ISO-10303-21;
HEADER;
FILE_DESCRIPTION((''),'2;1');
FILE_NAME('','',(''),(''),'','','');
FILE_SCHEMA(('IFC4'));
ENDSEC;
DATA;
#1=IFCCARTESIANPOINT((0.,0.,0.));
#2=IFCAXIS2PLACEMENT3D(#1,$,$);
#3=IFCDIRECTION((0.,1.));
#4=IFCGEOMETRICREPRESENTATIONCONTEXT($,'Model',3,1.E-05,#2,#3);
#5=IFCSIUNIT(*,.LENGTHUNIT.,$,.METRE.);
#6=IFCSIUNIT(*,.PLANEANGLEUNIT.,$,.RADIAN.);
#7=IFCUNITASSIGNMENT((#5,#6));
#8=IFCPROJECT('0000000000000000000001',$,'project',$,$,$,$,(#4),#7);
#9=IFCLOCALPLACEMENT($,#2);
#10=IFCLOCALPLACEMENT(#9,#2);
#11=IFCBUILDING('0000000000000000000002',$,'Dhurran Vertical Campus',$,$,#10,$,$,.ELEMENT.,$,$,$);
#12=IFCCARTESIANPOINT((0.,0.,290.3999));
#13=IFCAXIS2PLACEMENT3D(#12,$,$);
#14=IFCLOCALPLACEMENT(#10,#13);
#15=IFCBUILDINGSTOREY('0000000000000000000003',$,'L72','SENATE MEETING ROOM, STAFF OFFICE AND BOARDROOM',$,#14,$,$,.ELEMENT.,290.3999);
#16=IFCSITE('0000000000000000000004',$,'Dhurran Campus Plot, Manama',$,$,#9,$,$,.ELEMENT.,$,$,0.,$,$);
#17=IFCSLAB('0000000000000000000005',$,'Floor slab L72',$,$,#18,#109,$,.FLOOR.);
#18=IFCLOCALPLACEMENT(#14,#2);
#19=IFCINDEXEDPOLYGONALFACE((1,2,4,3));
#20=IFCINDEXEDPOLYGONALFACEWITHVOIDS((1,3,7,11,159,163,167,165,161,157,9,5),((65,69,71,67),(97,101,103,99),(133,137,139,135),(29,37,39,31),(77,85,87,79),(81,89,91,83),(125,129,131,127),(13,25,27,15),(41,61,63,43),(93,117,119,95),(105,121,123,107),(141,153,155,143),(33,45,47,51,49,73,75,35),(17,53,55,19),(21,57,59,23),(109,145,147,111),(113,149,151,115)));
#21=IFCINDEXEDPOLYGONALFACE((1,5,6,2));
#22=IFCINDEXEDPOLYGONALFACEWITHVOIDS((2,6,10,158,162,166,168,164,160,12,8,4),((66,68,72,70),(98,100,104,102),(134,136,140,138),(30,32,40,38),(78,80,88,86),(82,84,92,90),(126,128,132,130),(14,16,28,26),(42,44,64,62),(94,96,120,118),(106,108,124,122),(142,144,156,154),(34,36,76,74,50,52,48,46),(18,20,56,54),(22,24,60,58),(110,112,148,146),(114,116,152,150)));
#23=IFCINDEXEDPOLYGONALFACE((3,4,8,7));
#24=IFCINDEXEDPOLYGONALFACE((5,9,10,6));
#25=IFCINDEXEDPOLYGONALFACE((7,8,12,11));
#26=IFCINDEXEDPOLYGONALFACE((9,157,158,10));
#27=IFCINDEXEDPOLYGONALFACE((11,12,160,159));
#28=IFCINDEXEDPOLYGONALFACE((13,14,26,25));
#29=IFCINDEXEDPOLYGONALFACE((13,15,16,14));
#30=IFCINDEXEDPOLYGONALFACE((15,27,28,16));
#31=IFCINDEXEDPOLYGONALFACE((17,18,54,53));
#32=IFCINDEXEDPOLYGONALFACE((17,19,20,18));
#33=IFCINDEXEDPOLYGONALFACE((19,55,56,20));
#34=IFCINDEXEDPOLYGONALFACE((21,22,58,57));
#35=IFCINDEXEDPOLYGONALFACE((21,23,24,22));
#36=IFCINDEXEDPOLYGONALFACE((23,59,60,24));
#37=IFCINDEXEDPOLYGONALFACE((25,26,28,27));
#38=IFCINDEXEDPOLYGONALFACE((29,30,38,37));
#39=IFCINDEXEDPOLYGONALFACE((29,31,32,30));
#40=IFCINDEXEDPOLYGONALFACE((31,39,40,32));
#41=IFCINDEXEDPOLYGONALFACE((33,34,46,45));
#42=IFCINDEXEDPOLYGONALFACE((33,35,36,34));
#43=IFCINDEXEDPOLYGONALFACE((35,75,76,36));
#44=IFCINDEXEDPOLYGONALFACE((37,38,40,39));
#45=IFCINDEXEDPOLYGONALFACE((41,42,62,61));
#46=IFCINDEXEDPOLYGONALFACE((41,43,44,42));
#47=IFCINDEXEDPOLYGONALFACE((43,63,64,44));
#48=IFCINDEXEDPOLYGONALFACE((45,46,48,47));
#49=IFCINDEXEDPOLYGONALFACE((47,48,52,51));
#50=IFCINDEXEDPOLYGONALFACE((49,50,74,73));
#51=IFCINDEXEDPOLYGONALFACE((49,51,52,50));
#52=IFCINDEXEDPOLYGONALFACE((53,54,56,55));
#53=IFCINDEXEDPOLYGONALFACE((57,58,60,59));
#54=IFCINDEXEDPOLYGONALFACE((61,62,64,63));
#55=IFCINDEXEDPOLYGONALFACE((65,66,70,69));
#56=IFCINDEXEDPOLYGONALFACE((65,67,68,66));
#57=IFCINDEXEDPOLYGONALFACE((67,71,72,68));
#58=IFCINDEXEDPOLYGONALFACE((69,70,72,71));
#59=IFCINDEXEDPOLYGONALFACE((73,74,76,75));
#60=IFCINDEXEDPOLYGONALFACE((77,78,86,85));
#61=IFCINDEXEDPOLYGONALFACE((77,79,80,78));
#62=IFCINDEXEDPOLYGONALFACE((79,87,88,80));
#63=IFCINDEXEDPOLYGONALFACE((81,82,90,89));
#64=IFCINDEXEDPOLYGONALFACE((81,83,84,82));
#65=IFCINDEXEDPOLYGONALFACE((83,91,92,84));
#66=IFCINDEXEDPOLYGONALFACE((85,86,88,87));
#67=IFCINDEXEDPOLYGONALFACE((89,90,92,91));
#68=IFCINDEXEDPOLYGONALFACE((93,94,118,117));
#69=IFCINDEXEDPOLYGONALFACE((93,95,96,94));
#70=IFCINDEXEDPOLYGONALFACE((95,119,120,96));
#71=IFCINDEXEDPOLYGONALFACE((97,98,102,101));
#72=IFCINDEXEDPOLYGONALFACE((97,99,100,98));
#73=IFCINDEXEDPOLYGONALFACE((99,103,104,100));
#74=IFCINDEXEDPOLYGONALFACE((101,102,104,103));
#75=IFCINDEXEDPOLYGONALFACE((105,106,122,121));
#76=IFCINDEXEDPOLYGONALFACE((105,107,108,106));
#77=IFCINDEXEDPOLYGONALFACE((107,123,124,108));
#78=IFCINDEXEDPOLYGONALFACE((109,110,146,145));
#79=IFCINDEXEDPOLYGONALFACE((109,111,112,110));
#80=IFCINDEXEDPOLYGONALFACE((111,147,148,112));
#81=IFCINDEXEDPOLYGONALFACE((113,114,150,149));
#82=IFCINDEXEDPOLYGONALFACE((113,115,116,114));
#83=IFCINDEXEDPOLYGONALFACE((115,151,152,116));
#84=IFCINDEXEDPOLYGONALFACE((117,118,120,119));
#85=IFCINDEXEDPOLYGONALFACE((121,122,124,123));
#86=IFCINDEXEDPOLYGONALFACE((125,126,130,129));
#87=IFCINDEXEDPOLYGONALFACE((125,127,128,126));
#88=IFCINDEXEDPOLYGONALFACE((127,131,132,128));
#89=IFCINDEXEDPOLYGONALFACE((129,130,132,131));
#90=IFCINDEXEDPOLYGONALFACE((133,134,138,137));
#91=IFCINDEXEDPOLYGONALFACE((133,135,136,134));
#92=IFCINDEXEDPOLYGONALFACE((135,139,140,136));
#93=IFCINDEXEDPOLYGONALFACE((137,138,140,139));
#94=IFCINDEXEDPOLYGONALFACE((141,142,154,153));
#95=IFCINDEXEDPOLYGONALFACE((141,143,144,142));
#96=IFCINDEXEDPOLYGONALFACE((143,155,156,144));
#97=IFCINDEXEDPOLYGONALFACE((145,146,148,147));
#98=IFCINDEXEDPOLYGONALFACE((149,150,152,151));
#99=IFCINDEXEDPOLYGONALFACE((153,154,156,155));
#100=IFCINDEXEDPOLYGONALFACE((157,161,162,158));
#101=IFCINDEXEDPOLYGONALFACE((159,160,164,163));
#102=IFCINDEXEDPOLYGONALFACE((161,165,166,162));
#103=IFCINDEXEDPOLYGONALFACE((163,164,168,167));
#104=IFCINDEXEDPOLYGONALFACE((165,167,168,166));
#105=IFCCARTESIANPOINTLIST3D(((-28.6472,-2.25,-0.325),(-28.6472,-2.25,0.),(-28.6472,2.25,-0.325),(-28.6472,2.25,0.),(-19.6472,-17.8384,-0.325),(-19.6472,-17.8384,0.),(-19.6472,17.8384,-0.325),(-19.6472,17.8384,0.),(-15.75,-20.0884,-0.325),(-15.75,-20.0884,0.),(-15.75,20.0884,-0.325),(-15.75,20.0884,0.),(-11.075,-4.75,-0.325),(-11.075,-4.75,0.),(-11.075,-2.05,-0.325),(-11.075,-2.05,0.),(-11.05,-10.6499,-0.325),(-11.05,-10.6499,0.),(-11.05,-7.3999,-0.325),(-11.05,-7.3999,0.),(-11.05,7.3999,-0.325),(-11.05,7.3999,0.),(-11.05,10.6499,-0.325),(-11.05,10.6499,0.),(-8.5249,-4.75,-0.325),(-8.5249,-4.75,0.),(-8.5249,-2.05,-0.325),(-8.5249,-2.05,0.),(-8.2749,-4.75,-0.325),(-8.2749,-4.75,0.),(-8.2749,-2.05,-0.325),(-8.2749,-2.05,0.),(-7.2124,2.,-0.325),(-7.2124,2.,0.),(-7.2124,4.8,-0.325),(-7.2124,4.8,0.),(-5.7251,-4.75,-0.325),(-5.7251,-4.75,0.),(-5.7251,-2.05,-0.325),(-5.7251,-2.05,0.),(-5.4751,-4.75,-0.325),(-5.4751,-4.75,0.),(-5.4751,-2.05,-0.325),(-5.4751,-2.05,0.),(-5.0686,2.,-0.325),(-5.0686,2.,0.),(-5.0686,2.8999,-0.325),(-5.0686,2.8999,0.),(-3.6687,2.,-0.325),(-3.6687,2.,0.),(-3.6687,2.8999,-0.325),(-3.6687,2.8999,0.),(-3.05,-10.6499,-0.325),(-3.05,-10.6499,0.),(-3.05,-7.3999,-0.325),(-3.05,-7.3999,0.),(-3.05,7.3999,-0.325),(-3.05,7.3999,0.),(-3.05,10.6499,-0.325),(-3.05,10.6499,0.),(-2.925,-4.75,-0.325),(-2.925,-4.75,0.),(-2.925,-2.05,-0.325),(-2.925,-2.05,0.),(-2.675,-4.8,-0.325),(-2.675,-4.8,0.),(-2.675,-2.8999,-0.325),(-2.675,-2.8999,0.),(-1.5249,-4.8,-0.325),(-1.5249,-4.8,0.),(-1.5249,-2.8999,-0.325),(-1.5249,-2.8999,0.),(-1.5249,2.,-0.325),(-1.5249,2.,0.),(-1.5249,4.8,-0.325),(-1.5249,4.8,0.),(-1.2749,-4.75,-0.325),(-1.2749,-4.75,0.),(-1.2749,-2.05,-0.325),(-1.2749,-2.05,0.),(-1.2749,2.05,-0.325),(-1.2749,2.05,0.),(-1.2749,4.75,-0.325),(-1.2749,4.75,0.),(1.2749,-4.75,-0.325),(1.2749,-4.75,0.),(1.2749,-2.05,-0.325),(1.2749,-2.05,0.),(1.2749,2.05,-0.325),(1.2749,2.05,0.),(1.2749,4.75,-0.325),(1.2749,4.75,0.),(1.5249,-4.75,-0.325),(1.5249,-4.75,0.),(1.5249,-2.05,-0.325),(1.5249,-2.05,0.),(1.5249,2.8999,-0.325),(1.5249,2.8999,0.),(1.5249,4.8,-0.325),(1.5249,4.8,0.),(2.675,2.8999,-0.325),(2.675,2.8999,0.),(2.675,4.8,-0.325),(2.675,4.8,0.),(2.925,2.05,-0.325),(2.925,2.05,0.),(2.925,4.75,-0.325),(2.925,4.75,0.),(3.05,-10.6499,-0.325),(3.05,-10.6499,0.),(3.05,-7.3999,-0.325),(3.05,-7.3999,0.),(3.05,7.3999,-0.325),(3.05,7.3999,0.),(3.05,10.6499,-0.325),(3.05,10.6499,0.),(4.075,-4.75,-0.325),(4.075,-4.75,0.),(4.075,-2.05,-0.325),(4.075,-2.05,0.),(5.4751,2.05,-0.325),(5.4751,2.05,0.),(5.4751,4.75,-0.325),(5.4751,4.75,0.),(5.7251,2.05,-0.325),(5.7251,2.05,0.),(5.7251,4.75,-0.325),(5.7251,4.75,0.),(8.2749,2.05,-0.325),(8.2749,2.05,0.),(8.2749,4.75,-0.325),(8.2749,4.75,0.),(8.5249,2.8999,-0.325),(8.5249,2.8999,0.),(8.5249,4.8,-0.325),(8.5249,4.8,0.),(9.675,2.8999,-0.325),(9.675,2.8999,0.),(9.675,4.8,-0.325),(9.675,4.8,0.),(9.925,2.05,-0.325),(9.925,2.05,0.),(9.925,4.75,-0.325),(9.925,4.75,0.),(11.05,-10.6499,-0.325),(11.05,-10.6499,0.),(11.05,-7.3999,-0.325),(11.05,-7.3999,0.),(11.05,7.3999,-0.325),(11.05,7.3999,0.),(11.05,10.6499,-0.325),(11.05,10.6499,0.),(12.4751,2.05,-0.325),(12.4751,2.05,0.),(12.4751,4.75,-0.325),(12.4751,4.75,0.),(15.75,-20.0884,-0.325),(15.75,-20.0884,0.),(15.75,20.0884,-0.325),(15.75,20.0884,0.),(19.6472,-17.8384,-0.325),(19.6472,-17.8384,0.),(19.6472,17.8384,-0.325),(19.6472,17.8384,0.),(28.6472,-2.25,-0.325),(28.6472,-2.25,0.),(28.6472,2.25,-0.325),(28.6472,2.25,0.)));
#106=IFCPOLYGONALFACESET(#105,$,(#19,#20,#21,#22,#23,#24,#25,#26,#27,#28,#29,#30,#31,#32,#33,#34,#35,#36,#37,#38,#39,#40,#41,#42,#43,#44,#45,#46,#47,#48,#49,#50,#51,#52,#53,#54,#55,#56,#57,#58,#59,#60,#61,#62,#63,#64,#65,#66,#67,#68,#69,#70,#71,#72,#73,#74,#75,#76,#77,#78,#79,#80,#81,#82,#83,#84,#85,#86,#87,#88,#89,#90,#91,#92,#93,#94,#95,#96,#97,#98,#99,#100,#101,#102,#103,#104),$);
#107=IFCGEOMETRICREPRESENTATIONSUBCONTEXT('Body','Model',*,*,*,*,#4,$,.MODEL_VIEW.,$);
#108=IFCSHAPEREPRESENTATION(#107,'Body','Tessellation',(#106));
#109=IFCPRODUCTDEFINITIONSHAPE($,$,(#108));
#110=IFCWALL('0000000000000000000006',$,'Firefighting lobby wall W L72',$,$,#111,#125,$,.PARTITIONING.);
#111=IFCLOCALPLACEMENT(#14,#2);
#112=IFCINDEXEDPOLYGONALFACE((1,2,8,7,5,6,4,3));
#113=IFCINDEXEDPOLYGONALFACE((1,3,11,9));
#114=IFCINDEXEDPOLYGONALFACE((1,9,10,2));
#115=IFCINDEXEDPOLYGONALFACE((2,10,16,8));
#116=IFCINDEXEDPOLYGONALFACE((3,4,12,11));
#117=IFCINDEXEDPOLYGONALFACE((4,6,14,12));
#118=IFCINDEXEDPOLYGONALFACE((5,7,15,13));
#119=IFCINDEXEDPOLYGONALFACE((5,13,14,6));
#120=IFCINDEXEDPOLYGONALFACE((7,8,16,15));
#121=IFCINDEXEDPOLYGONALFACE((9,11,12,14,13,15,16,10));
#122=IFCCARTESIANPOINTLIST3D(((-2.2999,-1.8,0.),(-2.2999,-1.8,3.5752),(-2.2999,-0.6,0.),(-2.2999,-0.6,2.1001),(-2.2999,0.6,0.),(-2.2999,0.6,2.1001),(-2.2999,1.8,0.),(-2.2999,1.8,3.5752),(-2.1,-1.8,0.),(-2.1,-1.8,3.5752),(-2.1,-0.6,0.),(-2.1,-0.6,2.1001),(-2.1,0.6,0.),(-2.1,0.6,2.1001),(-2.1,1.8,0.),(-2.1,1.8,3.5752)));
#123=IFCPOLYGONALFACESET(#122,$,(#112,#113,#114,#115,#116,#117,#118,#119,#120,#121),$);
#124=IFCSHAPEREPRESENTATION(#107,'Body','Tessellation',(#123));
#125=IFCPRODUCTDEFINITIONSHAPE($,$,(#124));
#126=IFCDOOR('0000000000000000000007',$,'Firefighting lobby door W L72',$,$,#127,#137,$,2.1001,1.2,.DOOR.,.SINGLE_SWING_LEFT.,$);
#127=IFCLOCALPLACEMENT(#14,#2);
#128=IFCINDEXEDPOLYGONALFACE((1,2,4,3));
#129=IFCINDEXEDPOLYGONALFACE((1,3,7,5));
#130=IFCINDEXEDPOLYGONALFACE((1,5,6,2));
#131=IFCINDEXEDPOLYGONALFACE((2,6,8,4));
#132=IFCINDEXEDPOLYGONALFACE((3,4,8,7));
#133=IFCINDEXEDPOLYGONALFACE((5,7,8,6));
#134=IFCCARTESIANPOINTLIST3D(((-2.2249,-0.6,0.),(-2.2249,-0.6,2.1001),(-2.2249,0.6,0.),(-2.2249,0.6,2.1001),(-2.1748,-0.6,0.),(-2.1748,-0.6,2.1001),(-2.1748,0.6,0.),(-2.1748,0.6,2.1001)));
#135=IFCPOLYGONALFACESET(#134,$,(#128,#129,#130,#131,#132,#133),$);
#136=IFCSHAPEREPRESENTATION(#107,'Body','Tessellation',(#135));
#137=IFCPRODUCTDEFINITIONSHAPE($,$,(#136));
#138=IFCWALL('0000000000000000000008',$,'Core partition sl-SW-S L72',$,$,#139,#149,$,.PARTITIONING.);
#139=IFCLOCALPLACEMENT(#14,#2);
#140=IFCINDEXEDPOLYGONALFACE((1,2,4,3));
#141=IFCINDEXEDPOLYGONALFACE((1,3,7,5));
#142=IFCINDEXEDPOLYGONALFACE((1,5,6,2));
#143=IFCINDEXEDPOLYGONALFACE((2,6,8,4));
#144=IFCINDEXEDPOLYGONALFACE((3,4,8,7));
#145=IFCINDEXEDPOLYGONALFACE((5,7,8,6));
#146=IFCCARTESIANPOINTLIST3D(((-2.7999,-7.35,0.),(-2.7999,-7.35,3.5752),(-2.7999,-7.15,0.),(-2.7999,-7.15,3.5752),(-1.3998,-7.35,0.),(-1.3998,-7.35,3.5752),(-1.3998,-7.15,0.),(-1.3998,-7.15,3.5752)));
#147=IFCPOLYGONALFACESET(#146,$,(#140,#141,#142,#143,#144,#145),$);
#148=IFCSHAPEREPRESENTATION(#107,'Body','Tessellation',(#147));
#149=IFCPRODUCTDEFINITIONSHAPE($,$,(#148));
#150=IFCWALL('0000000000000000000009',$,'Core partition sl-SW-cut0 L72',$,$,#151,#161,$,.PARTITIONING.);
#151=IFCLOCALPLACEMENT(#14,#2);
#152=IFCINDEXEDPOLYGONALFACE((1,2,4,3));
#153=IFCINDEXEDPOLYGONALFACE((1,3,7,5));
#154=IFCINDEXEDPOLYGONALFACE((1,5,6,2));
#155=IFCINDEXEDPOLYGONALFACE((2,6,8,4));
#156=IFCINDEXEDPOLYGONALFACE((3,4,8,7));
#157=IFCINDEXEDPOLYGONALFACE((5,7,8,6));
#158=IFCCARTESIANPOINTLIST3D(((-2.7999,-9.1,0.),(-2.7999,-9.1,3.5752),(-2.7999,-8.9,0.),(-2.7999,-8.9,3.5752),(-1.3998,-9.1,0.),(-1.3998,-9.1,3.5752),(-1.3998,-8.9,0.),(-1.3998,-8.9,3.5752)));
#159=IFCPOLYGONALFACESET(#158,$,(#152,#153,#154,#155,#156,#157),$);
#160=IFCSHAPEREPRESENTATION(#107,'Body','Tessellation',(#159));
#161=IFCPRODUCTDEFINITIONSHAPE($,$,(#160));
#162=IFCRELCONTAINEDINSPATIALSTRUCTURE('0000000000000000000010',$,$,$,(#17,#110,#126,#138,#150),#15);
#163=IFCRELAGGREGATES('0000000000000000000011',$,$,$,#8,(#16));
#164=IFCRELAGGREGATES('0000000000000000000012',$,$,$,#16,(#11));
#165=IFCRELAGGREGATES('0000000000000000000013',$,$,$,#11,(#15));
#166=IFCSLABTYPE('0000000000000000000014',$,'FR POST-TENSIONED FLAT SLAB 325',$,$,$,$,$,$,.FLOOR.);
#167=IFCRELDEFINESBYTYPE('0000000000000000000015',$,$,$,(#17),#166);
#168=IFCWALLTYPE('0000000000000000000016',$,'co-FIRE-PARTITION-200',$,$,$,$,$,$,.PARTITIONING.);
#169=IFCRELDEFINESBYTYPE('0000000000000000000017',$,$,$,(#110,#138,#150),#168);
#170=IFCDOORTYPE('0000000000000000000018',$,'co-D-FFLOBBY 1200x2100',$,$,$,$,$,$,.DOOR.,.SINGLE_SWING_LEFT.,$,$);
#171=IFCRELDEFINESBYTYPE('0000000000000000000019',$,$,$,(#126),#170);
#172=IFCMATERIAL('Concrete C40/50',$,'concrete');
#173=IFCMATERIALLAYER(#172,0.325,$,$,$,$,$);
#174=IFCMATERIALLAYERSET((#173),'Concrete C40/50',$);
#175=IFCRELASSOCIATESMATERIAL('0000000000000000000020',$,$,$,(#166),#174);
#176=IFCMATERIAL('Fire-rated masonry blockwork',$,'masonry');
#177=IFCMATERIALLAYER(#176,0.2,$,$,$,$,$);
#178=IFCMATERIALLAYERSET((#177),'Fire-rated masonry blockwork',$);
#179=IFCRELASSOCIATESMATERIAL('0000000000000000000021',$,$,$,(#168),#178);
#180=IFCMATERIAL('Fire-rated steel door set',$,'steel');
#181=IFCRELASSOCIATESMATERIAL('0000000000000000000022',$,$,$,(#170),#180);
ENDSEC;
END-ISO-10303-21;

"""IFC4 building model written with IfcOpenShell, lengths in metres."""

from ifc_helpers import new_model, si_unit, direction, frame, frame_2d, origin, place, context, subcontext, project, spatial, polyline, rectangle, outline, extrude, material, layer, layer_set, type_object, element, fill, save


model = new_model("IFC4")

# Units and contexts
model_context = context("Model", 3, precision=1e-05, world=origin(), true_north=direction((0.0, 1.0)))
body_context = subcontext(model_context, "Body", "Model", "MODEL_VIEW")
ifc_project = project(units=[si_unit("LENGTHUNIT", "METRE"), si_unit("PLANEANGLEUNIT", "RADIAN")], contexts=[model_context])

# Site, building, storey
site_placement = place(None, origin())
site = spatial("IfcSite", under=ifc_project, at=site_placement, Name="Dhurran Campus Plot, Manama", CompositionType="ELEMENT", RefElevation=0.0)
building_placement = place(site_placement, origin())
building = spatial("IfcBuilding", under=site, at=building_placement, Name="Dhurran Vertical Campus", CompositionType="ELEMENT")
storey_placement = place(building_placement, frame((0.0, 0.0, 290.3999)))
storey = spatial("IfcBuildingStorey", under=building, at=storey_placement, Name="L72", Description="SENATE MEETING ROOM, STAFF OFFICE AND BOARDROOM", CompositionType="ELEMENT", Elevation=290.3999)

# Slab
ifc_material_1 = material(Name="Concrete C40/50", Category="concrete")
ifc_layer_1 = layer(ifc_material_1, 0.325)
ifc_layer_set_1 = layer_set([ifc_layer_1], Name="Concrete C40/50")
slab_type = type_object("IfcSlabType", Name="FR POST-TENSIONED FLAT SLAB 325", PredefinedType="FLOOR", material=ifc_layer_set_1)
slab_placement = place(storey_placement, frame((0.0, 0.0, -0.325)))
element("IfcSlab", 1, at=slab_placement, inside=storey, type_object=slab_type, Name="Floor slab L72", PredefinedType="FLOOR", context=body_context, shape_type="SweptSolid", body=[
    extrude(outline(polyline([(-15.75, -20.0884), (15.75, -20.0884), (19.6472, -17.8384), (28.6472, -2.25), (28.6472, 2.25), (19.6472, 17.8384), (15.75, 20.0884), (-15.75, 20.0884), (-19.6472, 17.8384), (-28.6472, 2.25), (-28.6472, -2.25), (-19.6472, -17.8384), (-15.75, -20.0884)]), holes=[polyline([(-1.2749, 2.05), (1.2749, 2.05), (1.2749, 4.75), (-1.2749, 4.75), (-1.2749, 2.05)]), polyline([(9.925, 2.05), (12.4751, 2.05), (12.4751, 4.75), (9.925, 4.75), (9.925, 2.05)]), polyline([(-1.2749, -4.75), (1.2749, -4.75), (1.2749, -2.05), (-1.2749, -2.05), (-1.2749, -4.75)]), polyline([(1.5249, -4.75), (4.075, -4.75), (4.075, -2.05), (1.5249, -2.05), (1.5249, -4.75)]), polyline([(2.925, 2.05), (5.4751, 2.05), (5.4751, 4.75), (2.925, 4.75), (2.925, 2.05)]), polyline([(5.7251, 2.05), (8.2749, 2.05), (8.2749, 4.75), (5.7251, 4.75), (5.7251, 2.05)]), polyline([(-11.075, -4.75), (-8.5249, -4.75), (-8.5249, -2.05), (-11.075, -2.05), (-11.075, -4.75)]), polyline([(-8.2749, -4.75), (-5.7251, -4.75), (-5.7251, -2.05), (-8.2749, -2.05), (-8.2749, -4.75)]), polyline([(-5.4751, -4.75), (-2.925, -4.75), (-2.925, -2.05), (-5.4751, -2.05), (-5.4751, -4.75)]), polyline([(-11.05, 7.3999), (-3.05, 7.3999), (-3.05, 10.6499), (-11.05, 10.6499), (-11.05, 7.3999)]), polyline([(3.05, 7.3999), (11.05, 7.3999), (11.05, 10.6499), (3.05, 10.6499), (3.05, 7.3999)]), polyline([(-11.05, -10.6499), (-3.05, -10.6499), (-3.05, -7.3999), (-11.05, -7.3999), (-11.05, -10.6499)]), polyline([(3.05, -10.6499), (11.05, -10.6499), (11.05, -7.3999), (3.05, -7.3999), (3.05, -10.6499)]), polyline([(2.675, 2.8999), (1.5249, 2.8999), (1.5249, 4.8), (2.675, 4.8), (2.675, 2.8999)]), polyline([(-2.675, -2.8999), (-1.5249, -2.8999), (-1.5249, -4.8), (-2.675, -4.8), (-2.675, -2.8999)]), polyline([(9.675, 2.8999), (8.5249, 2.8999), (8.5249, 4.8), (9.675, 4.8), (9.675, 2.8999)]), polyline([(-1.5249, 4.8), (-1.5249, 2.0), (-3.6687, 2.0), (-3.6687, 2.8999), (-5.0686, 2.8999), (-5.0686, 2.0), (-7.2124, 2.0), (-7.2124, 4.8), (-1.5249, 4.8)])]), origin(), (0.0, 0.0, 1.0), 0.325),
])

# Wall, opening, door
ifc_material_2 = material(Name="Fire-rated masonry blockwork", Category="masonry")
ifc_layer_2 = layer(ifc_material_2, 0.2)
ifc_layer_set_2 = layer_set([ifc_layer_2], Name="Fire-rated masonry blockwork")
wall_type_1 = type_object("IfcWallType", Name="co-FIRE-PARTITION-200", PredefinedType="PARTITIONING", material=ifc_layer_set_2)
wall_1_placement = place(storey_placement, frame((-2.2, -1.8, 0.0), z_axis=(0.0, 0.0, 1.0), x_axis=(0.0, 1.0, 0.0)))
wall_1 = element("IfcWall", 2, at=wall_1_placement, inside=storey, type_object=wall_type_1, Name="Firefighting lobby wall W L72", PredefinedType="PARTITIONING", context=body_context, shape_type="SweptSolid", body=[
    extrude(rectangle(XDim=3.6001, YDim=0.2, at=frame_2d((1.8, 0.0))), origin(), (0.0, 0.0, 1.0), 3.5752),
])
opening_1_placement = place(wall_1_placement, frame((1.2, 0.0, 0.0)))
opening_1 = element("IfcOpeningElement", 3, at=opening_1_placement, cuts=wall_1, PredefinedType="OPENING", context=body_context, shape_type="SweptSolid", body=[
    extrude(rectangle(XDim=1.2, YDim=2.1001, at=frame_2d((0.6001, 1.05))), frame((0.0, 0.1099, 0.0), z_axis=(0.0, -1.0, 0.0), x_axis=(1.0, 0.0, 0.0)), (0.0, 0.0, 1.0), 0.22),
])
ifc_material_3 = material(Name="Fire-rated steel door set", Category="steel")
door_type_1 = type_object("IfcDoorType", Name="co-D-FFLOBBY 1200x2100", OperationType="SINGLE_SWING_LEFT", PredefinedType="DOOR", material=ifc_material_3)
door_1_placement = place(opening_1_placement, origin())
door_1 = element("IfcDoor", 4, at=door_1_placement, inside=storey, type_object=door_type_1, Name="Firefighting lobby door W L72", OperationType="SINGLE_SWING_LEFT", OverallHeight=2.1001, OverallWidth=1.2, PredefinedType="DOOR", context=body_context, shape_type="SweptSolid", body=[
    extrude(rectangle(XDim=1.2, YDim=2.1001, at=frame_2d((0.6001, 1.05))), frame((0.0, 0.0249, 0.0), z_axis=(0.0, -1.0, 0.0), x_axis=(1.0, 0.0, 0.0)), (0.0, 0.0, 1.0), 0.05),
])
fill(opening_1, door_1)

# Walls
for number, where, z_axis, x_axis, name in (
    (5, (-2.8, -7.25, 0.0), (0.0, 0.0, 1.0), (1.0, 0.0, 0.0), "Core partition sl-SW-S L72"),
    (6, (-2.8, -9.0, 0.0), (0.0, 0.0, 1.0), (1.0, 0.0, 0.0), "Core partition sl-SW-cut0 L72"),
):
    element("IfcWall", number, at=place(storey_placement, frame(where, z_axis=z_axis, x_axis=x_axis)), inside=storey, type_object=wall_type_1, Name=name, PredefinedType="PARTITIONING", context=body_context, shape_type="SweptSolid", body=[
        extrude(rectangle(XDim=1.4001, YDim=0.2, at=frame_2d((0.7002, 0.0))), origin(), (0.0, 0.0, 1.0), 3.5752),
    ])

save(model, "model.ifc")
